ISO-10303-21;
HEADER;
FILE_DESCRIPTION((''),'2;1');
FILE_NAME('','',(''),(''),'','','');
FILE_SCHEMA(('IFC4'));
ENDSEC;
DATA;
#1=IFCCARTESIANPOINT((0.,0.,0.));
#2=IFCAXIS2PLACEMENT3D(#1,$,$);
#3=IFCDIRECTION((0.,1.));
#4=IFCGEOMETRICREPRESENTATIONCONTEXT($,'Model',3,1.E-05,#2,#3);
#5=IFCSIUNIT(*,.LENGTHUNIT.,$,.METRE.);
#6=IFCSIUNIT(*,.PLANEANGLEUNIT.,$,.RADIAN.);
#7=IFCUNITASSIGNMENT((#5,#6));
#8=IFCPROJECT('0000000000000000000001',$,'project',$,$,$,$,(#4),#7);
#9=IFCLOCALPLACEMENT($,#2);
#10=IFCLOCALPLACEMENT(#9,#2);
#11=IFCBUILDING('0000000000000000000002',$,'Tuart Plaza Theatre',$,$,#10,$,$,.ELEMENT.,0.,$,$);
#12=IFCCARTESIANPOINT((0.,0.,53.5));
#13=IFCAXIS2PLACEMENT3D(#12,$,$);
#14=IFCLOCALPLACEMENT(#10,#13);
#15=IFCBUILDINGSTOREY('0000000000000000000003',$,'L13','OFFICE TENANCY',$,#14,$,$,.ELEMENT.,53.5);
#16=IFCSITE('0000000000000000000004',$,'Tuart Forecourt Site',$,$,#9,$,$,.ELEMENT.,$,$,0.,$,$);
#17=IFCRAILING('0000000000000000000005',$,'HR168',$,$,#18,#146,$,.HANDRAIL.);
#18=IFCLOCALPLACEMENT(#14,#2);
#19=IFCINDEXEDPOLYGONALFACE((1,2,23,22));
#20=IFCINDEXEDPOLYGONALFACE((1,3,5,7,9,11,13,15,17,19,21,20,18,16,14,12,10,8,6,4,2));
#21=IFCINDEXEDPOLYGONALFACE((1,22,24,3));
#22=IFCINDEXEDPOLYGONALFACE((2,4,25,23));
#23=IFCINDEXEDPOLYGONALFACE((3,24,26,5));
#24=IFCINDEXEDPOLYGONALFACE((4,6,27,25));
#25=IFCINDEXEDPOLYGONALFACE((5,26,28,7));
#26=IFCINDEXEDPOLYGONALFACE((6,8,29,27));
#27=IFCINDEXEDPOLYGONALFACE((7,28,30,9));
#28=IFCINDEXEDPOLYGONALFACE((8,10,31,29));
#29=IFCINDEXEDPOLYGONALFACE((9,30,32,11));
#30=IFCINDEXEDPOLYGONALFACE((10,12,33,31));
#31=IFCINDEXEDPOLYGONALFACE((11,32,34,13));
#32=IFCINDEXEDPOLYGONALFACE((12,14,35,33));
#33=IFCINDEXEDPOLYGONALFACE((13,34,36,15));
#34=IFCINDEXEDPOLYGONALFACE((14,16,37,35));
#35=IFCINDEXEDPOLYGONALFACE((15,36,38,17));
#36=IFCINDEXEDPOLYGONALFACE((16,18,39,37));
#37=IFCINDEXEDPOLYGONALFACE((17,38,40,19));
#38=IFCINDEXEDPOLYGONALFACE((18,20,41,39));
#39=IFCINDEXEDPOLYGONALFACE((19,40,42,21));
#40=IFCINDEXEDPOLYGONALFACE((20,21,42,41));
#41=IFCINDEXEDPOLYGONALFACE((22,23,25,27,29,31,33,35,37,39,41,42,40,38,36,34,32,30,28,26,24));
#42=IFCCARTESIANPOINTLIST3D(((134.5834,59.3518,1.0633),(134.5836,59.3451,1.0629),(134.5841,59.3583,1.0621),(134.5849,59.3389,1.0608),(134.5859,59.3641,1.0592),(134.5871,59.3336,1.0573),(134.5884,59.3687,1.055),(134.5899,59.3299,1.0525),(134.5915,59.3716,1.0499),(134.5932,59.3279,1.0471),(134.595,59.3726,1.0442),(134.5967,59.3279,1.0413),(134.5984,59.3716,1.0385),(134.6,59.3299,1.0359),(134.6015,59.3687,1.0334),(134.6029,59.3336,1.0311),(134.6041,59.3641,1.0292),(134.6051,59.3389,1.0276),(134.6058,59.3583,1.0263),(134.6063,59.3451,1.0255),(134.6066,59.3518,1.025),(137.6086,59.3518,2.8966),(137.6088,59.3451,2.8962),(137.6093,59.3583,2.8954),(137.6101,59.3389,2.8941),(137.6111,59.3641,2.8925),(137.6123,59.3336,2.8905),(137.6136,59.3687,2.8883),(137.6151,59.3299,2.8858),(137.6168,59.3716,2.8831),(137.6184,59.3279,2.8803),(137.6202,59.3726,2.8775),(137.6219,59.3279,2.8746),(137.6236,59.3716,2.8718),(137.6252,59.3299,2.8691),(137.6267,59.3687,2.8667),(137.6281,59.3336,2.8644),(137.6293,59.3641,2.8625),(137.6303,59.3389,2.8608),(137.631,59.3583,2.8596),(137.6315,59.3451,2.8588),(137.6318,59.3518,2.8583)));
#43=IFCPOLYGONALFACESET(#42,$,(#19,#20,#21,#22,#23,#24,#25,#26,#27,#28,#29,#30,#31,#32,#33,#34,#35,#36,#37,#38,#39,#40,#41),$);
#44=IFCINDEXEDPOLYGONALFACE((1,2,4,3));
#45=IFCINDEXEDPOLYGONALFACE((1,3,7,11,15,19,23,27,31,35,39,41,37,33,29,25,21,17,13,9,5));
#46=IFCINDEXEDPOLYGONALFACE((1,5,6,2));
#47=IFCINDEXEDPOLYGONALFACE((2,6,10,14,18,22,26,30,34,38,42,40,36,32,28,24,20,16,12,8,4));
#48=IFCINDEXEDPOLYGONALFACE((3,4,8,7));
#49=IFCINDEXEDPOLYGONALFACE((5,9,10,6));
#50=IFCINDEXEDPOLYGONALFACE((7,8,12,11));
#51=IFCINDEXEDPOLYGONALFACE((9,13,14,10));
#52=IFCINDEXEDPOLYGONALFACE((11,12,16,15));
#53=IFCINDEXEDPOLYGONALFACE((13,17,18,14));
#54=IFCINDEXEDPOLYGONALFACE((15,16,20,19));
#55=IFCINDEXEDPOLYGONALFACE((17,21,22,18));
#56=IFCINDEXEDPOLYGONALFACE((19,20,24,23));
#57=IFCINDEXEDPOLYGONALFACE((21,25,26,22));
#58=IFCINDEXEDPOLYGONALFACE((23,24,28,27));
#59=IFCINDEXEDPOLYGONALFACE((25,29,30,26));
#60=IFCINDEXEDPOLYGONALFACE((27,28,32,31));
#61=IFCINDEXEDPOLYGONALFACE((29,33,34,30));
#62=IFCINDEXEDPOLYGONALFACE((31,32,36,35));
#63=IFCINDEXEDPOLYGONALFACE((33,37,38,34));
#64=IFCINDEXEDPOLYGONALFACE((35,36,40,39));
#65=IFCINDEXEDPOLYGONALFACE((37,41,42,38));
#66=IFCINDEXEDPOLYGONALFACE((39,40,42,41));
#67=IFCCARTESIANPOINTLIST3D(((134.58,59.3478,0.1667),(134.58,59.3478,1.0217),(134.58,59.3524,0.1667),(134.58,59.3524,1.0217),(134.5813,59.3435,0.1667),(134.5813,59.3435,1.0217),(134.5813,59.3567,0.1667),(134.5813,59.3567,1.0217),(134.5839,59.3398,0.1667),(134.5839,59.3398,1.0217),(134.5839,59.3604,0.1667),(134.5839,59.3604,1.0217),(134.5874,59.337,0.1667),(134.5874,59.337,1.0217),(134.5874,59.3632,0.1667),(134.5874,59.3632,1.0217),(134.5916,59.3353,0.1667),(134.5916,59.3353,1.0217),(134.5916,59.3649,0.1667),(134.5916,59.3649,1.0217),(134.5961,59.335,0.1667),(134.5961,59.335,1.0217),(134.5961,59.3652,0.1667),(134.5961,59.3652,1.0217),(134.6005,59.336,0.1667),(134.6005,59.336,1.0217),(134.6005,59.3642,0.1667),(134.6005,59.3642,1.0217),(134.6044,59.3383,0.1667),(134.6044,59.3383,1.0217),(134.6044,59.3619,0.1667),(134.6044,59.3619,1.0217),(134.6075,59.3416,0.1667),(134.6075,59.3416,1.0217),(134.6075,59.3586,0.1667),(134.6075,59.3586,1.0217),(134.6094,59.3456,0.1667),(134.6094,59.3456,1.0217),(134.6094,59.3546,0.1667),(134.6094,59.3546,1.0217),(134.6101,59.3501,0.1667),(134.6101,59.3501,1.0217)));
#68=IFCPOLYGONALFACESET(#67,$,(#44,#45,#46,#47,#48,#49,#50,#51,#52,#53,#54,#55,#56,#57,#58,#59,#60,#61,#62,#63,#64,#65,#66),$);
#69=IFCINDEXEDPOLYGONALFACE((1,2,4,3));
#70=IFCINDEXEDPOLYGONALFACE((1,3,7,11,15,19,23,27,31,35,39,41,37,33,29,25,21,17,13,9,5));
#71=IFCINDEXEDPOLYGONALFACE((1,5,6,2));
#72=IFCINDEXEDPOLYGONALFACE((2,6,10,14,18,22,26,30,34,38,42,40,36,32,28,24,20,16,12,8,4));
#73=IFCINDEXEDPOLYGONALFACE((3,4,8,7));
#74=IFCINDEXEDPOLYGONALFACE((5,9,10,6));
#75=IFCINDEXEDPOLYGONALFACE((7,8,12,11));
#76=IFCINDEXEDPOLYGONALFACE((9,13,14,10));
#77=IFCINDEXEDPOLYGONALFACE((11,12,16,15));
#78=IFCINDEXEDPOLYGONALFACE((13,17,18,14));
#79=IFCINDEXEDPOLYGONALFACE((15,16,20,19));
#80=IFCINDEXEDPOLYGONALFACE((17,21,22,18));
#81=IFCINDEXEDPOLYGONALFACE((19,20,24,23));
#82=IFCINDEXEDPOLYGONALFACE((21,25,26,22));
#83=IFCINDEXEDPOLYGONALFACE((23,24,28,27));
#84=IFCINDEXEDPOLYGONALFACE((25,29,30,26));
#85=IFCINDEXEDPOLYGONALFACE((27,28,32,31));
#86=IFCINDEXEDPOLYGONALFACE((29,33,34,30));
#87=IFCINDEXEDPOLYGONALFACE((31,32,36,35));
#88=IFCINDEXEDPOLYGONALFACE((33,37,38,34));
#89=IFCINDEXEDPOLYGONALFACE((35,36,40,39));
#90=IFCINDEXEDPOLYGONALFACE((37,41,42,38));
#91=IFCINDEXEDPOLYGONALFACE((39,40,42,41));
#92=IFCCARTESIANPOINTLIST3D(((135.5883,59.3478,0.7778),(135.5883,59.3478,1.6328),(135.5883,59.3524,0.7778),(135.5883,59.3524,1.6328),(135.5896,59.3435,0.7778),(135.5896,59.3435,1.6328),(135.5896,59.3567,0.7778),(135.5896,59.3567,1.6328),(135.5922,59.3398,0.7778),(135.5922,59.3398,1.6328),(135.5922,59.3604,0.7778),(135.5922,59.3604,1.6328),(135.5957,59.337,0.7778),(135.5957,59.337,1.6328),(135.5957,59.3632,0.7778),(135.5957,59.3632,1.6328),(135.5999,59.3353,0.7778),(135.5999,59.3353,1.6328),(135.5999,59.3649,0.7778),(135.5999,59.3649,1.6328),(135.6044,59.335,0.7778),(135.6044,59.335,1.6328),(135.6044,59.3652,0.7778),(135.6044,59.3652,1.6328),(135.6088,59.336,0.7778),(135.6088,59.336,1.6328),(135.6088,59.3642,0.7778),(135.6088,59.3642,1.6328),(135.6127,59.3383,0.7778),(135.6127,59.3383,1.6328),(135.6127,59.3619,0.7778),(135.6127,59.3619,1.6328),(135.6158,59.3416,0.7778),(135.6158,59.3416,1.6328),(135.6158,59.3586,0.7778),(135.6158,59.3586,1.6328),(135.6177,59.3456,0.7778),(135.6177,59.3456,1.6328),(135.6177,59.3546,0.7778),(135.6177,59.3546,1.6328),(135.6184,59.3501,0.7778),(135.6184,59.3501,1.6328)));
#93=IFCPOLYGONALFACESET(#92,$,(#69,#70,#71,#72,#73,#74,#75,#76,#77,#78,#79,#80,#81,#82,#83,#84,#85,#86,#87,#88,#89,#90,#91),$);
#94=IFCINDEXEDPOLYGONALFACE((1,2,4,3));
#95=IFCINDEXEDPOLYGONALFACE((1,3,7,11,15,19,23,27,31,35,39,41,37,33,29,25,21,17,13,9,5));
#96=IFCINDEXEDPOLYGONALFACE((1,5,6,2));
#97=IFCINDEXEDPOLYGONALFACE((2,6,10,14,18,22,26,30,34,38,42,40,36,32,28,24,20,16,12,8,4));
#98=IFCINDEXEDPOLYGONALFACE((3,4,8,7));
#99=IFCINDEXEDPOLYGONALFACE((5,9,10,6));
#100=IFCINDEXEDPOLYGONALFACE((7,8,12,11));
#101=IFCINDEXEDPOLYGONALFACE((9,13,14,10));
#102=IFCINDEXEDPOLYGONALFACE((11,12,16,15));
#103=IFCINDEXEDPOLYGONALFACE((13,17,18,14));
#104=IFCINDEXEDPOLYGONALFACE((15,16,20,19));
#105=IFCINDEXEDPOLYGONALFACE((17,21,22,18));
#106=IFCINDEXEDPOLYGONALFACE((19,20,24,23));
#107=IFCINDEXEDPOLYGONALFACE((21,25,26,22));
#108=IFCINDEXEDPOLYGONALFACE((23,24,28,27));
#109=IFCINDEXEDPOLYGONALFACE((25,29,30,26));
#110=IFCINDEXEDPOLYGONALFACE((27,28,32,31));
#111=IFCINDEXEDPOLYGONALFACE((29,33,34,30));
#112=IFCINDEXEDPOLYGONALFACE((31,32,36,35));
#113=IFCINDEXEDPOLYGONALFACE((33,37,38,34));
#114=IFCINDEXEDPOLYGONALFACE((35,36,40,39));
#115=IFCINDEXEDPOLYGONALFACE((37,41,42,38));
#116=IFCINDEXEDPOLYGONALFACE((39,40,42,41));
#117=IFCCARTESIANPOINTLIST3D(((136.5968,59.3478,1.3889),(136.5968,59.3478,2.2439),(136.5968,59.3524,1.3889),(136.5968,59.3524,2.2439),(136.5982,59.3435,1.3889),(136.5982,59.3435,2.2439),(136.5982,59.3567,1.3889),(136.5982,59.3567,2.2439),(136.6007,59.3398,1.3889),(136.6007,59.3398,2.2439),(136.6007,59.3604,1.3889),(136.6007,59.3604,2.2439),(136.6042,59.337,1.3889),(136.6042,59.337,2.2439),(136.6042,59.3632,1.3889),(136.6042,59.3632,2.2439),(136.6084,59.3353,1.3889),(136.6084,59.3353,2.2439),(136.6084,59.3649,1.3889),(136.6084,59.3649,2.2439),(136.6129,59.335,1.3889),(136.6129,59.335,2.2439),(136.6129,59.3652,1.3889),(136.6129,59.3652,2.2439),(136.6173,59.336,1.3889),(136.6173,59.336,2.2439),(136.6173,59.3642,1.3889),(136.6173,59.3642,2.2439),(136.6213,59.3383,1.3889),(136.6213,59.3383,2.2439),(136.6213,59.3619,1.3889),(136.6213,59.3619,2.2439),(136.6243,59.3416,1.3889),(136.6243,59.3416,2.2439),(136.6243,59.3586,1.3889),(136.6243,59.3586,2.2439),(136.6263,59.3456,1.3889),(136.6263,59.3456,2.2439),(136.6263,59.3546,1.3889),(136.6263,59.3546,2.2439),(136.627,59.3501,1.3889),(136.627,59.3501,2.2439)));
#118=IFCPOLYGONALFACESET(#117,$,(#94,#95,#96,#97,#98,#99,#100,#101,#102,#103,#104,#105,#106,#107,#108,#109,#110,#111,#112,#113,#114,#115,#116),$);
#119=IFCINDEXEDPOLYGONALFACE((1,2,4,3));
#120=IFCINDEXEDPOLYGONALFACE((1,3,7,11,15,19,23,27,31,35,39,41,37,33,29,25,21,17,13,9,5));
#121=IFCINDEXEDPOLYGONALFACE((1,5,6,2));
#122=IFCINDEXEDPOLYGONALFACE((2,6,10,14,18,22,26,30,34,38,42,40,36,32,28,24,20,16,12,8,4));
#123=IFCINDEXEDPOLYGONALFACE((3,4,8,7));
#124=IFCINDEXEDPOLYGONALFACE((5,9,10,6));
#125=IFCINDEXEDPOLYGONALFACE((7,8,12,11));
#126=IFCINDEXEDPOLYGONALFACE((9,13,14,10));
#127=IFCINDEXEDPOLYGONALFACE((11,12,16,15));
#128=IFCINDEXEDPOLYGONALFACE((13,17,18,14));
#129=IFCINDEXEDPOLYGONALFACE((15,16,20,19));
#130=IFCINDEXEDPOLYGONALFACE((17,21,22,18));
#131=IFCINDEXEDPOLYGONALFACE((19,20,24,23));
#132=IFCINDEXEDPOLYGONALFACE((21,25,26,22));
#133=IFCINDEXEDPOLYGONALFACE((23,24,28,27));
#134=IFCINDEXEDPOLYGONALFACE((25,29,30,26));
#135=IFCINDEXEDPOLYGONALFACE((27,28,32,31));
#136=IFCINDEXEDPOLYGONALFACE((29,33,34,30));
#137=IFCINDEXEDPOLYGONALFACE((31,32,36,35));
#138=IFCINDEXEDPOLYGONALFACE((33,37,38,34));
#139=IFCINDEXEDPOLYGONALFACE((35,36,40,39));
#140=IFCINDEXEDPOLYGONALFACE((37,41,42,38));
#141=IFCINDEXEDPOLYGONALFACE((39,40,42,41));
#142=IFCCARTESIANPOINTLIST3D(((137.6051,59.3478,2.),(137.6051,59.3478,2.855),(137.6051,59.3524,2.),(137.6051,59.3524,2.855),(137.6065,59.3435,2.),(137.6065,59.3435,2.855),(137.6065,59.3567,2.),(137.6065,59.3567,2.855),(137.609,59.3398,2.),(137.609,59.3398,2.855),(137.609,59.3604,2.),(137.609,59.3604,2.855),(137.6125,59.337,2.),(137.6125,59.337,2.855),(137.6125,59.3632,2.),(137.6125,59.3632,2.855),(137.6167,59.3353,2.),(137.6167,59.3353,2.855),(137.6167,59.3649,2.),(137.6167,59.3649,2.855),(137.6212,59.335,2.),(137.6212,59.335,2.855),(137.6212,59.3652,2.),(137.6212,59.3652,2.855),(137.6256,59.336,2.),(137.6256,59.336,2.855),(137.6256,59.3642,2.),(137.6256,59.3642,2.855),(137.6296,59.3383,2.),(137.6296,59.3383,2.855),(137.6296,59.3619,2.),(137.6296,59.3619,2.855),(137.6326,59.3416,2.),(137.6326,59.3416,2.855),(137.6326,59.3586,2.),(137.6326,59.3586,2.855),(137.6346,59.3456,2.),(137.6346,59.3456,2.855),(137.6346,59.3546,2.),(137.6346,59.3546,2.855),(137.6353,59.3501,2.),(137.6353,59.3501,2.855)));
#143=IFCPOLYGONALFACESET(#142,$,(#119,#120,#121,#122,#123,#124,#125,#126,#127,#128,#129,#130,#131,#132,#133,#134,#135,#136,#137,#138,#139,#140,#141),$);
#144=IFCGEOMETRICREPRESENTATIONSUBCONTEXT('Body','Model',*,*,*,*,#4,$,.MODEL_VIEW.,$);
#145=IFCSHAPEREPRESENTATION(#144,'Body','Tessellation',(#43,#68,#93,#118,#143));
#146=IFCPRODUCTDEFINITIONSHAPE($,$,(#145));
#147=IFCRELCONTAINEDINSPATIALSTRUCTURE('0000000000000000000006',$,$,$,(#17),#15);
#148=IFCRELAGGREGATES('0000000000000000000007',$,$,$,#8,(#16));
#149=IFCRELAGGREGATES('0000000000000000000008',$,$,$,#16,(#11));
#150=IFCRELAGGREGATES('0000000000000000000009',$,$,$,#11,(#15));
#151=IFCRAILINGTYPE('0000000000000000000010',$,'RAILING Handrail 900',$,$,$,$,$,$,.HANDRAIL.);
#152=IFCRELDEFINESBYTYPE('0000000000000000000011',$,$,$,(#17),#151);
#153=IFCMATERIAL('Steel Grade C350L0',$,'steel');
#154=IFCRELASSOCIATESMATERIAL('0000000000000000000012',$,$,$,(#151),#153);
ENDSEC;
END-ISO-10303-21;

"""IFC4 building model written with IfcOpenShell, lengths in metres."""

from ifc_helpers import new_model, si_unit, direction, frame, origin, origin_2d, place, context, subcontext, project, spatial, circle, extrude, material, type_object, element, save


model = new_model("IFC4")

# Units and contexts
model_context = context("Model", 3, precision=1e-05, world=origin(), true_north=direction((0.0, 1.0)))
body_context = subcontext(model_context, "Body", "Model", "MODEL_VIEW")
ifc_project = project(units=[si_unit("LENGTHUNIT", "METRE"), si_unit("PLANEANGLEUNIT", "RADIAN")], contexts=[model_context])

# Site, building, storey
site_placement = place(None, origin())
site = spatial("IfcSite", under=ifc_project, at=site_placement, Name="Tuart Forecourt Site", CompositionType="ELEMENT", RefElevation=0.0)
building_placement = place(site_placement, origin())
building = spatial("IfcBuilding", under=site, at=building_placement, Name="Tuart Plaza Theatre", CompositionType="ELEMENT", ElevationOfRefHeight=0.0)
storey_placement = place(building_placement, frame((0.0, 0.0, 53.5)))
storey = spatial("IfcBuildingStorey", under=building, at=storey_placement, Name="L13", Description="OFFICE TENANCY", CompositionType="ELEMENT", Elevation=53.5)

# Railing
ifc_material_1 = material(Name="Steel Grade C350L0", Category="steel")
railing_type_1 = type_object("IfcRailingType", Name="RAILING Handrail 900", PredefinedType="HANDRAIL", material=ifc_material_1)
for number, where, name in (
    (1, (134.595, 59.3501, 0.1667), "HR168"),
):
    element("IfcRailing", number, at=place(storey_placement, frame(where)), inside=storey, type_object=railing_type_1, Name=name, PredefinedType="HANDRAIL", context=body_context, shape_type="SweptSolid", body=[
        extrude(circle(Radius=0.0225, at=origin_2d()), frame((0.0, 0.0, 0.8774), z_axis=(0.855219, 0.0, 0.518267), x_axis=(0.0, 1.0, 0.0)), (0.0, 0.0, 1.0), 3.5374),
        extrude(circle(Radius=0.0151, at=origin_2d()), origin(), (0.0, 0.0, 1.0), 0.855),
        extrude(circle(Radius=0.0151, at=origin_2d()), frame((1.0083, 0.0, 0.6111)), (0.0, 0.0, 1.0), 0.855),
        extrude(circle(Radius=0.0151, at=origin_2d()), frame((2.0168, 0.0, 1.2222)), (0.0, 0.0, 1.0), 0.855),
        extrude(circle(Radius=0.0151, at=origin_2d()), frame((3.0251, 0.0, 1.8333)), (0.0, 0.0, 1.0), 0.855),
    ])

save(model, "model.ifc")
